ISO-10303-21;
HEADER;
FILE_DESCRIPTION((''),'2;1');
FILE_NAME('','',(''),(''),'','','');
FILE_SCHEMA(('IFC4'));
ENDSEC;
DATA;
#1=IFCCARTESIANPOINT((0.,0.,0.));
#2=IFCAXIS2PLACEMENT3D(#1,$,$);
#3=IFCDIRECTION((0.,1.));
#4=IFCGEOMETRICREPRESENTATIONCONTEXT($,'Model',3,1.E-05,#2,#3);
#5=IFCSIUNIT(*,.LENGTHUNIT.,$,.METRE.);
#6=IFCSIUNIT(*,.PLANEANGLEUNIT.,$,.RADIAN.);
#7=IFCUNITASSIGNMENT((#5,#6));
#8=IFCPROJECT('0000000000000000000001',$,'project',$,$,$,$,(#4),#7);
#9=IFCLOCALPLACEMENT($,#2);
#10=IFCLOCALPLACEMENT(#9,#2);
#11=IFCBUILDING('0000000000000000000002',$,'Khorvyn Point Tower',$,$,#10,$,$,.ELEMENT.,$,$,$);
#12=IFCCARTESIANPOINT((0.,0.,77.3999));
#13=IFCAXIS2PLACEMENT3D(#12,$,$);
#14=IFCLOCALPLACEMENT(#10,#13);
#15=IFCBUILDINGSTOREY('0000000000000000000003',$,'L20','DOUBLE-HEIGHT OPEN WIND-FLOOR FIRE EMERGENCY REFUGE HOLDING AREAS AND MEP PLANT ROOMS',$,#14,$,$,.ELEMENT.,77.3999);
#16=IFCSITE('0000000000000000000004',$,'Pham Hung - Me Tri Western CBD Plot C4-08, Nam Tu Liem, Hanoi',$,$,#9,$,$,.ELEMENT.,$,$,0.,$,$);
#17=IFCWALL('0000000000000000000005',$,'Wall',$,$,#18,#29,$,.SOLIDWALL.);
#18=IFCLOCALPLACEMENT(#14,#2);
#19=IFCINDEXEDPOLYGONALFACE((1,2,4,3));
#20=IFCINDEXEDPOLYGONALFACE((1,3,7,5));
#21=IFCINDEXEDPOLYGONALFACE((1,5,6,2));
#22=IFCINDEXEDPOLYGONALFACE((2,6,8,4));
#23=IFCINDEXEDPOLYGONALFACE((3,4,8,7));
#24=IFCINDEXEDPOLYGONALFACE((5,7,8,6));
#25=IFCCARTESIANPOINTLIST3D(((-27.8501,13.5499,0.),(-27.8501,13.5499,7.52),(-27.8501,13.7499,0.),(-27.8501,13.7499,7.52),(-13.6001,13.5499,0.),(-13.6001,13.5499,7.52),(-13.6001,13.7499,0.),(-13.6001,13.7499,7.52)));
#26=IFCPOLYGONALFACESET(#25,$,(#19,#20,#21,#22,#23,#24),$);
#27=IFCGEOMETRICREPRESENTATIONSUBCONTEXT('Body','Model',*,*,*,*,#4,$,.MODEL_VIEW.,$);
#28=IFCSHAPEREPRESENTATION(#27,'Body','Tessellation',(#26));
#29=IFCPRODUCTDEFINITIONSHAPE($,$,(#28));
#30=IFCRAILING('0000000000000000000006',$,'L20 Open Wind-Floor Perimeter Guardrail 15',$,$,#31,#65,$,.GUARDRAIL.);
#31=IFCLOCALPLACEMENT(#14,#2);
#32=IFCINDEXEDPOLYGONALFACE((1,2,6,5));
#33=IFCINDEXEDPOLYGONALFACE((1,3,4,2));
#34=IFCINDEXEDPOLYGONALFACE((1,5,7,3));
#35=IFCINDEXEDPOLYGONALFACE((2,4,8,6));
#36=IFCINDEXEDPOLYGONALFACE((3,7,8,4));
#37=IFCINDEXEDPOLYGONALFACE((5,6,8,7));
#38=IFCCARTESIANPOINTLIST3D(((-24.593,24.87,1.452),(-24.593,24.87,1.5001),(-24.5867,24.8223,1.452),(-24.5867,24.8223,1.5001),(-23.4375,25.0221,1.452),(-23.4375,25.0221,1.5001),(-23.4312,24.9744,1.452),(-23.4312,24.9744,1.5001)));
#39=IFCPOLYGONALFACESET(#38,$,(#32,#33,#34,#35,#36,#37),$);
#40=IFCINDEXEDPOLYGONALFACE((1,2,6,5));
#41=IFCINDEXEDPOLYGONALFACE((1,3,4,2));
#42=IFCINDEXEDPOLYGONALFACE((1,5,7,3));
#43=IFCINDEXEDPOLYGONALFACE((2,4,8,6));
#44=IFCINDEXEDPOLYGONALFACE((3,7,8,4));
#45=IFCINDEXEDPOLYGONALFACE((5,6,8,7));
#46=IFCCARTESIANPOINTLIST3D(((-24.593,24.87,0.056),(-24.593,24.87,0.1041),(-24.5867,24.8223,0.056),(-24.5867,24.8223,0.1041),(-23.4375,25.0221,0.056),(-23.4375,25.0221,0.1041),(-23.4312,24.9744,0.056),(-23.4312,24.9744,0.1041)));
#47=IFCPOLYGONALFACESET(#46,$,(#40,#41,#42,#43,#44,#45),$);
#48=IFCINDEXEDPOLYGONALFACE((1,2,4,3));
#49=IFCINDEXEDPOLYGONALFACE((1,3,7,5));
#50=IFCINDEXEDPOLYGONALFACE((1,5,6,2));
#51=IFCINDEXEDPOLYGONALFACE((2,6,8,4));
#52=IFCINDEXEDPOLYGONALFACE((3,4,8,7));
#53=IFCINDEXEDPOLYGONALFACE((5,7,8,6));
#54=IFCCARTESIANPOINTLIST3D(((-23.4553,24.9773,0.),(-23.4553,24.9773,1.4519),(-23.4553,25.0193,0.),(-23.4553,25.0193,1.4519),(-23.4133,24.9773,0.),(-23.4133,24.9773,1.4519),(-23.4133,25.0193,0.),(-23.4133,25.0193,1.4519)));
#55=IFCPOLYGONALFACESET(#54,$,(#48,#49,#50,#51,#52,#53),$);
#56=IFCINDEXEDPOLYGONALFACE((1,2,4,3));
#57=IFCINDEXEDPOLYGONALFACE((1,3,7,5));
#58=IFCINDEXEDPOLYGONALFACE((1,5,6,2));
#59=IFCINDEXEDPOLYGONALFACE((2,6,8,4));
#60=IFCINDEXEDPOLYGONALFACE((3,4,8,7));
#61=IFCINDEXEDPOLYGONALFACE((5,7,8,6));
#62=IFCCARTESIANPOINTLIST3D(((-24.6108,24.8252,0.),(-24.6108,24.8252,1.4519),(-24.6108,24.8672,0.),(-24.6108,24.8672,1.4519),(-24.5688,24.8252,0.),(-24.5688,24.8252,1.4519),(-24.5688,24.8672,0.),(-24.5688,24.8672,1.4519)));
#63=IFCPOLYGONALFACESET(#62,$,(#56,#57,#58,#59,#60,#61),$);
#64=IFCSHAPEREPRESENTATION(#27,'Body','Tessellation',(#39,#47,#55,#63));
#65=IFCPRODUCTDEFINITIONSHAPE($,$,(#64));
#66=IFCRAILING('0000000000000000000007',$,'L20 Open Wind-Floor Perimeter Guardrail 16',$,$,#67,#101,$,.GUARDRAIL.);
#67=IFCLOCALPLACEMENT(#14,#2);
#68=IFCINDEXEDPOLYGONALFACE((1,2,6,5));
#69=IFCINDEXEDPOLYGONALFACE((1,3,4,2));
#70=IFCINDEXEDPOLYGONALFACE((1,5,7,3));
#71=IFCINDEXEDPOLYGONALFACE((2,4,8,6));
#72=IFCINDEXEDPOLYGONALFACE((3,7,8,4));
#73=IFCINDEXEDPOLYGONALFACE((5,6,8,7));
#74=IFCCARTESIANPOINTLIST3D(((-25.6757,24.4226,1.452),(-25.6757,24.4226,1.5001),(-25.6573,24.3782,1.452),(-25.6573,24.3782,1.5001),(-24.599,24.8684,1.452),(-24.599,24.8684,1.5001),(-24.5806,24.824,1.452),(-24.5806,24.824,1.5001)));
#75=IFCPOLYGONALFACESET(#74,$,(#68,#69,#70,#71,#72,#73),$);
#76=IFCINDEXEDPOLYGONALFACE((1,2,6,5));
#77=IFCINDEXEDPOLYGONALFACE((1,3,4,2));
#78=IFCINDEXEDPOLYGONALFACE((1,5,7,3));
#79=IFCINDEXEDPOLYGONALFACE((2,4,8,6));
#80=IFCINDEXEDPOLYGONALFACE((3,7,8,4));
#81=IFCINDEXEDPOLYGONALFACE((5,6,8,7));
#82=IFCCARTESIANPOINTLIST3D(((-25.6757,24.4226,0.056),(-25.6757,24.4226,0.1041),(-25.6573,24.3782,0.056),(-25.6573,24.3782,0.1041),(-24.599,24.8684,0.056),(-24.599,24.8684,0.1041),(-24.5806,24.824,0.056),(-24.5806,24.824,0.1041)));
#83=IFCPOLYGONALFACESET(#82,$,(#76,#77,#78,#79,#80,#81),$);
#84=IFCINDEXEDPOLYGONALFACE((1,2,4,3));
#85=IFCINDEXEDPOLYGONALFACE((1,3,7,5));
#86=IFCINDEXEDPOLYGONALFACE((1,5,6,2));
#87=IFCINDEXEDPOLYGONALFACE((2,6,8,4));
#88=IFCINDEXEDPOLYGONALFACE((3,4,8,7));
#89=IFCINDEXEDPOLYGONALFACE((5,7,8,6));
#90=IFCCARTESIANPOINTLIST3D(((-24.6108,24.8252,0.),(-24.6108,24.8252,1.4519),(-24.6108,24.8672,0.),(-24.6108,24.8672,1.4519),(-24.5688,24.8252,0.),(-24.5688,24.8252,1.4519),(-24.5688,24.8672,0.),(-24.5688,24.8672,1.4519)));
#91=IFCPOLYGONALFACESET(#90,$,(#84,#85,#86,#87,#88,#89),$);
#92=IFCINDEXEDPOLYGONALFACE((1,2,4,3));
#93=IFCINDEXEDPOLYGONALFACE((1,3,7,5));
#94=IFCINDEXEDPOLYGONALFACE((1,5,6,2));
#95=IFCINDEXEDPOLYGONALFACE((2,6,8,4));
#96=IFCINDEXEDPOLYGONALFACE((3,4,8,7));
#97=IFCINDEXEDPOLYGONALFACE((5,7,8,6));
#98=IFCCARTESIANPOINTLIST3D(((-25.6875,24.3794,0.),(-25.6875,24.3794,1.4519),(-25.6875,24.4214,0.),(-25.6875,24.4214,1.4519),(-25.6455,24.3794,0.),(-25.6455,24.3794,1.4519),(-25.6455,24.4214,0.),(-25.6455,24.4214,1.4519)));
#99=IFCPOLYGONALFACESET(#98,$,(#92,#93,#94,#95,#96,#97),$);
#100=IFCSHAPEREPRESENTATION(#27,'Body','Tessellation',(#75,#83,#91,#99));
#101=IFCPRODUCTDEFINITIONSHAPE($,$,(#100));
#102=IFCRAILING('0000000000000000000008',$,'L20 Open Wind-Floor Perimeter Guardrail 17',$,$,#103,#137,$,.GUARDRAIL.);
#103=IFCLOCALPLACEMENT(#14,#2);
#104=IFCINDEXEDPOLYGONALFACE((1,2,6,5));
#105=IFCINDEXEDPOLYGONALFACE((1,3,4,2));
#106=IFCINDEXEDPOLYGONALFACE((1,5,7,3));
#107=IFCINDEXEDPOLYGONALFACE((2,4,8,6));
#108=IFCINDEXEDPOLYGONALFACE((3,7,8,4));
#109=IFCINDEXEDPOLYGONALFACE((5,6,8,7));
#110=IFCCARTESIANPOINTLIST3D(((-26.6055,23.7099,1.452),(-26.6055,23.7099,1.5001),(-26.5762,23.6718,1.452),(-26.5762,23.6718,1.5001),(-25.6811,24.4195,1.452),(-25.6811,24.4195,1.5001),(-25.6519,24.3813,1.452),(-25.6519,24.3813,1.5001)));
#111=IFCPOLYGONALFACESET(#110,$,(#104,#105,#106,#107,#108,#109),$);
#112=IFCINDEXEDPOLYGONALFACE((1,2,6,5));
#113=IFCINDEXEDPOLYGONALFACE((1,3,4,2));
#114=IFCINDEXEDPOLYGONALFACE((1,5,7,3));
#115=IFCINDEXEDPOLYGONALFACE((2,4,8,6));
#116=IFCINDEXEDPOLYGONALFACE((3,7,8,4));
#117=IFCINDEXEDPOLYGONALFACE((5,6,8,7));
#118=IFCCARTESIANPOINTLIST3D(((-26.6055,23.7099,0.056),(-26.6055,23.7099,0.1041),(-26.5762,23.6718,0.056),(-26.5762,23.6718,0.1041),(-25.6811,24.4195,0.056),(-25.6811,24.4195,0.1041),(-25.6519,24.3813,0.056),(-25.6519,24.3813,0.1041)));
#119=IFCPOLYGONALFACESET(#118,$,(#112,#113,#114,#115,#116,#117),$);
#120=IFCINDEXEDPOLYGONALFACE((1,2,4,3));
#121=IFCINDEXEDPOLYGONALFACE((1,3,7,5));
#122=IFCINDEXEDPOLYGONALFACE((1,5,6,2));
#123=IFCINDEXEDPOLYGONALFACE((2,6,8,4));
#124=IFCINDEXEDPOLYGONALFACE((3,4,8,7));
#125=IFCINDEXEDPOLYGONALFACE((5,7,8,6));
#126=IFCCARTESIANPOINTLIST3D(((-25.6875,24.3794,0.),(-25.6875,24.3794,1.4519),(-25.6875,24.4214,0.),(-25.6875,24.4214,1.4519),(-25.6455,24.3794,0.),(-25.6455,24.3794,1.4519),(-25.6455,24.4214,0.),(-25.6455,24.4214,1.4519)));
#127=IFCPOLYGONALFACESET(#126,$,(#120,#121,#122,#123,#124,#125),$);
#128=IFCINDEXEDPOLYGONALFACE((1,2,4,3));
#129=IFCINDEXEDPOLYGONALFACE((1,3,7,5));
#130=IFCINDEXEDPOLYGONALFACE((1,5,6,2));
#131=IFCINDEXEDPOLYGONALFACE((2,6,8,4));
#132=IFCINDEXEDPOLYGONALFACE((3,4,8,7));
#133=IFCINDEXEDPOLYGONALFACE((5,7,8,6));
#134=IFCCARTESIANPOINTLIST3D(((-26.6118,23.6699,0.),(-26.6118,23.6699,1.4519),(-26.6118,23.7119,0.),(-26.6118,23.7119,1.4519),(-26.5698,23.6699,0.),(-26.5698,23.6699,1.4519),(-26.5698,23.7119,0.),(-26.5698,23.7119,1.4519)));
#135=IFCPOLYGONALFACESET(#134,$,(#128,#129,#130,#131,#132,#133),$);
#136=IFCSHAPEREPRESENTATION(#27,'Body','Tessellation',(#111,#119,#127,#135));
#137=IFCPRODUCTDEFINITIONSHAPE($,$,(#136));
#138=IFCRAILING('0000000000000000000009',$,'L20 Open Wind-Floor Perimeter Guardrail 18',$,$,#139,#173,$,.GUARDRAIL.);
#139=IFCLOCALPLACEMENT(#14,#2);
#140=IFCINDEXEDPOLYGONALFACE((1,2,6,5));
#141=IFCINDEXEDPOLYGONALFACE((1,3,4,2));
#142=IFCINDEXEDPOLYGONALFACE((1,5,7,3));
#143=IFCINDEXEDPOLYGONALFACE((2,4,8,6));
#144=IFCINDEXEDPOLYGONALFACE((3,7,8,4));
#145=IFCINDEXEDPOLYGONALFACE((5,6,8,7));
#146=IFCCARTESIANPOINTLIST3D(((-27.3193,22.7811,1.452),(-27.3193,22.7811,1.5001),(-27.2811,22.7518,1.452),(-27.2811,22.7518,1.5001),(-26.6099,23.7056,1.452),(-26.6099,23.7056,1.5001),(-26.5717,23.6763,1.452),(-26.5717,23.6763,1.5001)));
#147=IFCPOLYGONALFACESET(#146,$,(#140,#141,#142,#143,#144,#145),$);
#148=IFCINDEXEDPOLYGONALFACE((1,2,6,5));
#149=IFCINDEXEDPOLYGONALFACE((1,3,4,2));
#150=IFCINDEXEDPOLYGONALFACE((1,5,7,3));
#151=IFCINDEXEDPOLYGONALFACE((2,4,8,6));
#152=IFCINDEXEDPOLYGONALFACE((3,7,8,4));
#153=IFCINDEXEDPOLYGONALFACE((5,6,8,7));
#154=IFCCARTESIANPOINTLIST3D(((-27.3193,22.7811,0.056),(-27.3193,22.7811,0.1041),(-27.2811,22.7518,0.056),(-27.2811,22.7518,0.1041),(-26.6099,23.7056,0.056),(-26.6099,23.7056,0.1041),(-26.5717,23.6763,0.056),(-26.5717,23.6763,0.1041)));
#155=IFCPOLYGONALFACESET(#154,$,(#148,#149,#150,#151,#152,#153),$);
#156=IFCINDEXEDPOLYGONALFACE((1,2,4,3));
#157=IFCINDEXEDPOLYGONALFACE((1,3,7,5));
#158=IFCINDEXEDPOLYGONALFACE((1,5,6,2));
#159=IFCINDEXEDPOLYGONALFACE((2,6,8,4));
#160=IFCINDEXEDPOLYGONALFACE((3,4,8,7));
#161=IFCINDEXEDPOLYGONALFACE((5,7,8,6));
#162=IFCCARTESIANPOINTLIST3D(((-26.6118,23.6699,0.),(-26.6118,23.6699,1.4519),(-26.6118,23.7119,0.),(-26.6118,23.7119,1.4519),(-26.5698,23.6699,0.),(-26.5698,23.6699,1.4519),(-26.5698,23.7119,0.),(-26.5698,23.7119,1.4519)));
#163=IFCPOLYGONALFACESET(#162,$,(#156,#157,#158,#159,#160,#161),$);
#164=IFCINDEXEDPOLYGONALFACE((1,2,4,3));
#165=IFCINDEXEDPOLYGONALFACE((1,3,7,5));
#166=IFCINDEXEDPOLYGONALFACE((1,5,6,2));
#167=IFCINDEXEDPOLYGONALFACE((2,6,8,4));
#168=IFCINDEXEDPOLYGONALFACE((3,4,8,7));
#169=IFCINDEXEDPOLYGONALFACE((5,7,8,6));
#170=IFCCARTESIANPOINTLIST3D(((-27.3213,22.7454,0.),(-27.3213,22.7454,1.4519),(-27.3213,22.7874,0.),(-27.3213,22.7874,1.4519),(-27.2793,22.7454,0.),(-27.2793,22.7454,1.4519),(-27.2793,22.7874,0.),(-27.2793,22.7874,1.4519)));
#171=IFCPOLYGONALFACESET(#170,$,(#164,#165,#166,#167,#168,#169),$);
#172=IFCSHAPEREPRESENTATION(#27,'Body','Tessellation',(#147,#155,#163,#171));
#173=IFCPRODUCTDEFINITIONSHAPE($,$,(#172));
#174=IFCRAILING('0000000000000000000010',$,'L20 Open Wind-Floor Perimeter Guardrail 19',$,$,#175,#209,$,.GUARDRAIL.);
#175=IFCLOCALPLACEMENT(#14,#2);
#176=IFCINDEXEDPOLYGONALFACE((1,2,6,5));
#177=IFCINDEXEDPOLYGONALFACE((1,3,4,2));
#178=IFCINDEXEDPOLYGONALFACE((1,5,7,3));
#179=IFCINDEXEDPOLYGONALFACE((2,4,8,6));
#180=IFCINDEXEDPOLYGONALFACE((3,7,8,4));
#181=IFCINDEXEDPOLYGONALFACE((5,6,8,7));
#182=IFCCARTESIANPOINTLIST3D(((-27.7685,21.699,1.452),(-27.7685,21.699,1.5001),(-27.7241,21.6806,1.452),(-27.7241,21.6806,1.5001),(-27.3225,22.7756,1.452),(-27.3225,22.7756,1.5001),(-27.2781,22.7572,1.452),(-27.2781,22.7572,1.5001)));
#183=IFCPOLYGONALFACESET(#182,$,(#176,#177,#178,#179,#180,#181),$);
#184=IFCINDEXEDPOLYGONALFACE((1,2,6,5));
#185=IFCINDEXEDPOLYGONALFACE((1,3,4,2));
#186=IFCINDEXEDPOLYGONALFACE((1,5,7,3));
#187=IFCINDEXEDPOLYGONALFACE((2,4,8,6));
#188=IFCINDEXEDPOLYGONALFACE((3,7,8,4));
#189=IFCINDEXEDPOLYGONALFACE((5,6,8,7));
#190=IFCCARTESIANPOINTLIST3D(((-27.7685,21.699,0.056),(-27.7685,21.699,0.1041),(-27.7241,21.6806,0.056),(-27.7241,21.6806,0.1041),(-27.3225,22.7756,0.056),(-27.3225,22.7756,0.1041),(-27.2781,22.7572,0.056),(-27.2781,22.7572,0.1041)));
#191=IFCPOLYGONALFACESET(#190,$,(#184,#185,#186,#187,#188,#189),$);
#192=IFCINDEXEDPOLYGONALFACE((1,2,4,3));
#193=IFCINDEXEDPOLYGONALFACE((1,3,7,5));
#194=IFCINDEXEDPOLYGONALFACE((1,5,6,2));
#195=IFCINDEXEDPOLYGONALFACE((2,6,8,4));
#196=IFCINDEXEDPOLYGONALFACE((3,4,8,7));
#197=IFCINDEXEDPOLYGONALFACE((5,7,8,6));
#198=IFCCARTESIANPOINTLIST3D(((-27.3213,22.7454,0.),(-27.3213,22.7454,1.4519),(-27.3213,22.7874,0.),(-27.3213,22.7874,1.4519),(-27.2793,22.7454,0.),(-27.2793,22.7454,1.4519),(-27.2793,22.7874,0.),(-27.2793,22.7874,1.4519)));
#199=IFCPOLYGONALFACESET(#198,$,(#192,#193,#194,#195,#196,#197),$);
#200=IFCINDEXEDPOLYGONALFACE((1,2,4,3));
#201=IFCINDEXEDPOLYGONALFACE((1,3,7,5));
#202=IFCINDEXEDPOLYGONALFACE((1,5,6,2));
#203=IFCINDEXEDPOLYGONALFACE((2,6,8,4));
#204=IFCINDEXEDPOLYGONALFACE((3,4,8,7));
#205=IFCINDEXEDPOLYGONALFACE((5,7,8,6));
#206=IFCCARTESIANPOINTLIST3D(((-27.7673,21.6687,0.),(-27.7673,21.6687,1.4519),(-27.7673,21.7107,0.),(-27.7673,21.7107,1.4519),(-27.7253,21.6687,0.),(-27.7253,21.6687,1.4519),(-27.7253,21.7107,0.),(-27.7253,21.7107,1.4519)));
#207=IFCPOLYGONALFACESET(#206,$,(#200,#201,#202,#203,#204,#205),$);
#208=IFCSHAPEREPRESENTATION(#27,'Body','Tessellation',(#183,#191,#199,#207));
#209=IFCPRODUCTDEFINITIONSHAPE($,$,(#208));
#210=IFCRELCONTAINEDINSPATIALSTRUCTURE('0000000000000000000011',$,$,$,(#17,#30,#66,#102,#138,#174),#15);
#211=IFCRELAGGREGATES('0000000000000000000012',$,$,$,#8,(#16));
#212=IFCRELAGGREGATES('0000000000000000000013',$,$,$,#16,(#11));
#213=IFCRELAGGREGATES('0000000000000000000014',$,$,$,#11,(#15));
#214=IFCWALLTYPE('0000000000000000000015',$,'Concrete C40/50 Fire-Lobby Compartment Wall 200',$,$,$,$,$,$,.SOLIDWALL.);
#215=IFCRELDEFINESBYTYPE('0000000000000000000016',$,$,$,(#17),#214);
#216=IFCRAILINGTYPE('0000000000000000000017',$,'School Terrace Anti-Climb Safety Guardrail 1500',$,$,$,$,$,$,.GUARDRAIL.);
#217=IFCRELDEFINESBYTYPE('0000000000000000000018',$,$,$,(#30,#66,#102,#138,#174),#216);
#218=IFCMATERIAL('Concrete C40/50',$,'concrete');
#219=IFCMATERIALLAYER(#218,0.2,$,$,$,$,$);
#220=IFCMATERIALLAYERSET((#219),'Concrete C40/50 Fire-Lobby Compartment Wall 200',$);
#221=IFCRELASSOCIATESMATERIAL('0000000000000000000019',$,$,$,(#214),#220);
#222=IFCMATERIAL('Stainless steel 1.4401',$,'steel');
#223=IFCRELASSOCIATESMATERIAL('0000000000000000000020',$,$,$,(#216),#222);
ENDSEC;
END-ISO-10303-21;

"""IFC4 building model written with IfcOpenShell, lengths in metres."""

from ifc_helpers import new_model, si_unit, direction, frame, frame_2d, origin, origin_2d, place, context, subcontext, project, spatial, rectangle, extrude, material, layer, layer_set, type_object, element, save


model = new_model("IFC4")

# Units and contexts
model_context = context("Model", 3, precision=1e-05, world=origin(), true_north=direction((0.0, 1.0)))
body_context = subcontext(model_context, "Body", "Model", "MODEL_VIEW")
ifc_project = project(units=[si_unit("LENGTHUNIT", "METRE"), si_unit("PLANEANGLEUNIT", "RADIAN")], contexts=[model_context])

# Site, building, storey
site_placement = place(None, origin())
site = spatial("IfcSite", under=ifc_project, at=site_placement, Name="Pham Hung - Me Tri Western CBD Plot C4-08, Nam Tu Liem, Hanoi", CompositionType="ELEMENT", RefElevation=0.0)
building_placement = place(site_placement, origin())
building = spatial("IfcBuilding", under=site, at=building_placement, Name="Khorvyn Point Tower", CompositionType="ELEMENT")
storey_placement = place(building_placement, frame((0.0, 0.0, 77.3999)))
storey = spatial("IfcBuildingStorey", under=building, at=storey_placement, Name="L20", Description="DOUBLE-HEIGHT OPEN WIND-FLOOR FIRE EMERGENCY REFUGE HOLDING AREAS AND MEP PLANT ROOMS", CompositionType="ELEMENT", Elevation=77.3999)

# Wall
ifc_material_1 = material(Name="Concrete C40/50", Category="concrete")
ifc_layer_1 = layer(ifc_material_1, 0.2)
ifc_layer_set_1 = layer_set([ifc_layer_1], Name="Concrete C40/50 Fire-Lobby Compartment Wall 200")
wall_type = type_object("IfcWallType", Name="Concrete C40/50 Fire-Lobby Compartment Wall 200", PredefinedType="SOLIDWALL", material=ifc_layer_set_1)
wall_placement = place(storey_placement, frame((-27.8501, 13.6499, 0.0), z_axis=(0.0, 0.0, 1.0), x_axis=(1.0, 0.0, 0.0)))
element("IfcWall", 1, at=wall_placement, inside=storey, type_object=wall_type, Name="Wall", PredefinedType="SOLIDWALL", context=body_context, shape_type="SweptSolid", body=[
    extrude(rectangle(XDim=14.25, YDim=0.2, at=frame_2d((7.125, 0.0))), origin(), (0.0, 0.0, 1.0), 7.52),
])

# Railings
ifc_material_2 = material(Name="Stainless steel 1.4401", Category="steel")
railing_type = type_object("IfcRailingType", Name="School Terrace Anti-Climb Safety Guardrail 1500", PredefinedType="GUARDRAIL", material=ifc_material_2)
railing_1_placement = place(storey_placement, frame((-23.4343, 24.9983, 0.0)))
element("IfcRailing", 2, at=railing_1_placement, inside=storey, type_object=railing_type, Name="L20 Open Wind-Floor Perimeter Guardrail 15", PredefinedType="GUARDRAIL", context=body_context, shape_type="SweptSolid", body=[
    extrude(rectangle(XDim=0.0481, YDim=0.0481, at=origin_2d()), frame((0.0, 0.0, 1.4761), z_axis=(-0.991448, -0.130503, 0.0), x_axis=(0.130503, -0.991448, 0.0)), (0.0, 0.0, 1.0), 1.1655),
    extrude(rectangle(XDim=0.0481, YDim=0.0481, at=origin_2d()), frame((0.0, 0.0, 0.0801), z_axis=(-0.991448, -0.130503, 0.0), x_axis=(0.130503, -0.991448, 0.0)), (0.0, 0.0, 1.0), 1.1655),
    extrude(rectangle(XDim=0.042, YDim=0.042, at=origin_2d()), origin(), (0.0, 0.0, 1.0), 1.4519),
    extrude(rectangle(XDim=0.042, YDim=0.042, at=origin_2d()), frame((-1.1555, -0.1521, 0.0)), (0.0, 0.0, 1.0), 1.4519),
])
railing_2_placement = place(storey_placement, frame((-24.5898, 24.8462, 0.0)))
element("IfcRailing", 3, at=railing_2_placement, inside=storey, type_object=railing_type, Name="L20 Open Wind-Floor Perimeter Guardrail 16", PredefinedType="GUARDRAIL", context=body_context, shape_type="SweptSolid", body=[
    extrude(rectangle(XDim=0.0481, YDim=0.0481, at=origin_2d()), frame((0.0, 0.0, 1.4761), z_axis=(-0.92393, -0.382562, 0.0), x_axis=(0.382562, -0.92393, 0.0)), (0.0, 0.0, 1.0), 1.1653),
    extrude(rectangle(XDim=0.0481, YDim=0.0481, at=origin_2d()), frame((0.0, 0.0, 0.0801), z_axis=(-0.92393, -0.382562, 0.0), x_axis=(0.382562, -0.92393, 0.0)), (0.0, 0.0, 1.0), 1.1653),
    extrude(rectangle(XDim=0.042, YDim=0.042, at=origin_2d()), origin(), (0.0, 0.0, 1.0), 1.4519),
    extrude(rectangle(XDim=0.042, YDim=0.042, at=origin_2d()), frame((-1.0767, -0.4458, 0.0)), (0.0, 0.0, 1.0), 1.4519),
])
railing_3_placement = place(storey_placement, frame((-25.6665, 24.4004, 0.0)))
element("IfcRailing", 4, at=railing_3_placement, inside=storey, type_object=railing_type, Name="L20 Open Wind-Floor Perimeter Guardrail 17", PredefinedType="GUARDRAIL", context=body_context, shape_type="SweptSolid", body=[
    extrude(rectangle(XDim=0.0481, YDim=0.0481, at=origin_2d()), frame((0.0, 0.0, 1.4761), z_axis=(-0.793262, -0.60888, 0.0), x_axis=(0.60888, -0.793262, 0.0)), (0.0, 0.0, 1.0), 1.1653),
    extrude(rectangle(XDim=0.0481, YDim=0.0481, at=origin_2d()), frame((0.0, 0.0, 0.0801), z_axis=(-0.793262, -0.60888, 0.0), x_axis=(0.60888, -0.793262, 0.0)), (0.0, 0.0, 1.0), 1.1653),
    extrude(rectangle(XDim=0.042, YDim=0.042, at=origin_2d()), origin(), (0.0, 0.0, 1.0), 1.4519),
    extrude(rectangle(XDim=0.042, YDim=0.042, at=origin_2d()), frame((-0.9243, -0.7095, 0.0)), (0.0, 0.0, 1.0), 1.4519),
])
railing_4_placement = place(storey_placement, frame((-26.5908, 23.6909, 0.0)))
element("IfcRailing", 5, at=railing_4_placement, inside=storey, type_object=railing_type, Name="L20 Open Wind-Floor Perimeter Guardrail 18", PredefinedType="GUARDRAIL", context=body_context, shape_type="SweptSolid", body=[
    extrude(rectangle(XDim=0.0481, YDim=0.0481, at=origin_2d()), frame((0.0, 0.0, 1.4761), z_axis=(-0.608779, -0.79334, 0.0), x_axis=(0.79334, -0.608779, 0.0)), (0.0, 0.0, 1.0), 1.1653),
    extrude(rectangle(XDim=0.0481, YDim=0.0481, at=origin_2d()), frame((0.0, 0.0, 0.0801), z_axis=(-0.608779, -0.79334, 0.0), x_axis=(0.79334, -0.608779, 0.0)), (0.0, 0.0, 1.0), 1.1653),
    extrude(rectangle(XDim=0.042, YDim=0.042, at=origin_2d()), origin(), (0.0, 0.0, 1.0), 1.4519),
    extrude(rectangle(XDim=0.042, YDim=0.042, at=origin_2d()), frame((-0.7095, -0.9246, 0.0)), (0.0, 0.0, 1.0), 1.4519),
])
railing_5_placement = place(storey_placement, frame((-27.3003, 22.7664, 0.0)))
element("IfcRailing", 6, at=railing_5_placement, inside=storey, type_object=railing_type, Name="L20 Open Wind-Floor Perimeter Guardrail 19", PredefinedType="GUARDRAIL", context=body_context, shape_type="SweptSolid", body=[
    extrude(rectangle(XDim=0.0481, YDim=0.0481, at=origin_2d()), frame((0.0, 0.0, 1.4761), z_axis=(-0.38274, -0.923856, 0.0), x_axis=(0.923856, -0.38274, 0.0)), (0.0, 0.0, 1.0), 1.1653),
    extrude(rectangle(XDim=0.0481, YDim=0.0481, at=origin_2d()), frame((0.0, 0.0, 0.0801), z_axis=(-0.38274, -0.923856, 0.0), x_axis=(0.923856, -0.38274, 0.0)), (0.0, 0.0, 1.0), 1.1653),
    extrude(rectangle(XDim=0.042, YDim=0.042, at=origin_2d()), origin(), (0.0, 0.0, 1.0), 1.4519),
    extrude(rectangle(XDim=0.042, YDim=0.042, at=origin_2d()), frame((-0.446, -1.0767, 0.0)), (0.0, 0.0, 1.0), 1.4519),
])

save(model, "model.ifc")
